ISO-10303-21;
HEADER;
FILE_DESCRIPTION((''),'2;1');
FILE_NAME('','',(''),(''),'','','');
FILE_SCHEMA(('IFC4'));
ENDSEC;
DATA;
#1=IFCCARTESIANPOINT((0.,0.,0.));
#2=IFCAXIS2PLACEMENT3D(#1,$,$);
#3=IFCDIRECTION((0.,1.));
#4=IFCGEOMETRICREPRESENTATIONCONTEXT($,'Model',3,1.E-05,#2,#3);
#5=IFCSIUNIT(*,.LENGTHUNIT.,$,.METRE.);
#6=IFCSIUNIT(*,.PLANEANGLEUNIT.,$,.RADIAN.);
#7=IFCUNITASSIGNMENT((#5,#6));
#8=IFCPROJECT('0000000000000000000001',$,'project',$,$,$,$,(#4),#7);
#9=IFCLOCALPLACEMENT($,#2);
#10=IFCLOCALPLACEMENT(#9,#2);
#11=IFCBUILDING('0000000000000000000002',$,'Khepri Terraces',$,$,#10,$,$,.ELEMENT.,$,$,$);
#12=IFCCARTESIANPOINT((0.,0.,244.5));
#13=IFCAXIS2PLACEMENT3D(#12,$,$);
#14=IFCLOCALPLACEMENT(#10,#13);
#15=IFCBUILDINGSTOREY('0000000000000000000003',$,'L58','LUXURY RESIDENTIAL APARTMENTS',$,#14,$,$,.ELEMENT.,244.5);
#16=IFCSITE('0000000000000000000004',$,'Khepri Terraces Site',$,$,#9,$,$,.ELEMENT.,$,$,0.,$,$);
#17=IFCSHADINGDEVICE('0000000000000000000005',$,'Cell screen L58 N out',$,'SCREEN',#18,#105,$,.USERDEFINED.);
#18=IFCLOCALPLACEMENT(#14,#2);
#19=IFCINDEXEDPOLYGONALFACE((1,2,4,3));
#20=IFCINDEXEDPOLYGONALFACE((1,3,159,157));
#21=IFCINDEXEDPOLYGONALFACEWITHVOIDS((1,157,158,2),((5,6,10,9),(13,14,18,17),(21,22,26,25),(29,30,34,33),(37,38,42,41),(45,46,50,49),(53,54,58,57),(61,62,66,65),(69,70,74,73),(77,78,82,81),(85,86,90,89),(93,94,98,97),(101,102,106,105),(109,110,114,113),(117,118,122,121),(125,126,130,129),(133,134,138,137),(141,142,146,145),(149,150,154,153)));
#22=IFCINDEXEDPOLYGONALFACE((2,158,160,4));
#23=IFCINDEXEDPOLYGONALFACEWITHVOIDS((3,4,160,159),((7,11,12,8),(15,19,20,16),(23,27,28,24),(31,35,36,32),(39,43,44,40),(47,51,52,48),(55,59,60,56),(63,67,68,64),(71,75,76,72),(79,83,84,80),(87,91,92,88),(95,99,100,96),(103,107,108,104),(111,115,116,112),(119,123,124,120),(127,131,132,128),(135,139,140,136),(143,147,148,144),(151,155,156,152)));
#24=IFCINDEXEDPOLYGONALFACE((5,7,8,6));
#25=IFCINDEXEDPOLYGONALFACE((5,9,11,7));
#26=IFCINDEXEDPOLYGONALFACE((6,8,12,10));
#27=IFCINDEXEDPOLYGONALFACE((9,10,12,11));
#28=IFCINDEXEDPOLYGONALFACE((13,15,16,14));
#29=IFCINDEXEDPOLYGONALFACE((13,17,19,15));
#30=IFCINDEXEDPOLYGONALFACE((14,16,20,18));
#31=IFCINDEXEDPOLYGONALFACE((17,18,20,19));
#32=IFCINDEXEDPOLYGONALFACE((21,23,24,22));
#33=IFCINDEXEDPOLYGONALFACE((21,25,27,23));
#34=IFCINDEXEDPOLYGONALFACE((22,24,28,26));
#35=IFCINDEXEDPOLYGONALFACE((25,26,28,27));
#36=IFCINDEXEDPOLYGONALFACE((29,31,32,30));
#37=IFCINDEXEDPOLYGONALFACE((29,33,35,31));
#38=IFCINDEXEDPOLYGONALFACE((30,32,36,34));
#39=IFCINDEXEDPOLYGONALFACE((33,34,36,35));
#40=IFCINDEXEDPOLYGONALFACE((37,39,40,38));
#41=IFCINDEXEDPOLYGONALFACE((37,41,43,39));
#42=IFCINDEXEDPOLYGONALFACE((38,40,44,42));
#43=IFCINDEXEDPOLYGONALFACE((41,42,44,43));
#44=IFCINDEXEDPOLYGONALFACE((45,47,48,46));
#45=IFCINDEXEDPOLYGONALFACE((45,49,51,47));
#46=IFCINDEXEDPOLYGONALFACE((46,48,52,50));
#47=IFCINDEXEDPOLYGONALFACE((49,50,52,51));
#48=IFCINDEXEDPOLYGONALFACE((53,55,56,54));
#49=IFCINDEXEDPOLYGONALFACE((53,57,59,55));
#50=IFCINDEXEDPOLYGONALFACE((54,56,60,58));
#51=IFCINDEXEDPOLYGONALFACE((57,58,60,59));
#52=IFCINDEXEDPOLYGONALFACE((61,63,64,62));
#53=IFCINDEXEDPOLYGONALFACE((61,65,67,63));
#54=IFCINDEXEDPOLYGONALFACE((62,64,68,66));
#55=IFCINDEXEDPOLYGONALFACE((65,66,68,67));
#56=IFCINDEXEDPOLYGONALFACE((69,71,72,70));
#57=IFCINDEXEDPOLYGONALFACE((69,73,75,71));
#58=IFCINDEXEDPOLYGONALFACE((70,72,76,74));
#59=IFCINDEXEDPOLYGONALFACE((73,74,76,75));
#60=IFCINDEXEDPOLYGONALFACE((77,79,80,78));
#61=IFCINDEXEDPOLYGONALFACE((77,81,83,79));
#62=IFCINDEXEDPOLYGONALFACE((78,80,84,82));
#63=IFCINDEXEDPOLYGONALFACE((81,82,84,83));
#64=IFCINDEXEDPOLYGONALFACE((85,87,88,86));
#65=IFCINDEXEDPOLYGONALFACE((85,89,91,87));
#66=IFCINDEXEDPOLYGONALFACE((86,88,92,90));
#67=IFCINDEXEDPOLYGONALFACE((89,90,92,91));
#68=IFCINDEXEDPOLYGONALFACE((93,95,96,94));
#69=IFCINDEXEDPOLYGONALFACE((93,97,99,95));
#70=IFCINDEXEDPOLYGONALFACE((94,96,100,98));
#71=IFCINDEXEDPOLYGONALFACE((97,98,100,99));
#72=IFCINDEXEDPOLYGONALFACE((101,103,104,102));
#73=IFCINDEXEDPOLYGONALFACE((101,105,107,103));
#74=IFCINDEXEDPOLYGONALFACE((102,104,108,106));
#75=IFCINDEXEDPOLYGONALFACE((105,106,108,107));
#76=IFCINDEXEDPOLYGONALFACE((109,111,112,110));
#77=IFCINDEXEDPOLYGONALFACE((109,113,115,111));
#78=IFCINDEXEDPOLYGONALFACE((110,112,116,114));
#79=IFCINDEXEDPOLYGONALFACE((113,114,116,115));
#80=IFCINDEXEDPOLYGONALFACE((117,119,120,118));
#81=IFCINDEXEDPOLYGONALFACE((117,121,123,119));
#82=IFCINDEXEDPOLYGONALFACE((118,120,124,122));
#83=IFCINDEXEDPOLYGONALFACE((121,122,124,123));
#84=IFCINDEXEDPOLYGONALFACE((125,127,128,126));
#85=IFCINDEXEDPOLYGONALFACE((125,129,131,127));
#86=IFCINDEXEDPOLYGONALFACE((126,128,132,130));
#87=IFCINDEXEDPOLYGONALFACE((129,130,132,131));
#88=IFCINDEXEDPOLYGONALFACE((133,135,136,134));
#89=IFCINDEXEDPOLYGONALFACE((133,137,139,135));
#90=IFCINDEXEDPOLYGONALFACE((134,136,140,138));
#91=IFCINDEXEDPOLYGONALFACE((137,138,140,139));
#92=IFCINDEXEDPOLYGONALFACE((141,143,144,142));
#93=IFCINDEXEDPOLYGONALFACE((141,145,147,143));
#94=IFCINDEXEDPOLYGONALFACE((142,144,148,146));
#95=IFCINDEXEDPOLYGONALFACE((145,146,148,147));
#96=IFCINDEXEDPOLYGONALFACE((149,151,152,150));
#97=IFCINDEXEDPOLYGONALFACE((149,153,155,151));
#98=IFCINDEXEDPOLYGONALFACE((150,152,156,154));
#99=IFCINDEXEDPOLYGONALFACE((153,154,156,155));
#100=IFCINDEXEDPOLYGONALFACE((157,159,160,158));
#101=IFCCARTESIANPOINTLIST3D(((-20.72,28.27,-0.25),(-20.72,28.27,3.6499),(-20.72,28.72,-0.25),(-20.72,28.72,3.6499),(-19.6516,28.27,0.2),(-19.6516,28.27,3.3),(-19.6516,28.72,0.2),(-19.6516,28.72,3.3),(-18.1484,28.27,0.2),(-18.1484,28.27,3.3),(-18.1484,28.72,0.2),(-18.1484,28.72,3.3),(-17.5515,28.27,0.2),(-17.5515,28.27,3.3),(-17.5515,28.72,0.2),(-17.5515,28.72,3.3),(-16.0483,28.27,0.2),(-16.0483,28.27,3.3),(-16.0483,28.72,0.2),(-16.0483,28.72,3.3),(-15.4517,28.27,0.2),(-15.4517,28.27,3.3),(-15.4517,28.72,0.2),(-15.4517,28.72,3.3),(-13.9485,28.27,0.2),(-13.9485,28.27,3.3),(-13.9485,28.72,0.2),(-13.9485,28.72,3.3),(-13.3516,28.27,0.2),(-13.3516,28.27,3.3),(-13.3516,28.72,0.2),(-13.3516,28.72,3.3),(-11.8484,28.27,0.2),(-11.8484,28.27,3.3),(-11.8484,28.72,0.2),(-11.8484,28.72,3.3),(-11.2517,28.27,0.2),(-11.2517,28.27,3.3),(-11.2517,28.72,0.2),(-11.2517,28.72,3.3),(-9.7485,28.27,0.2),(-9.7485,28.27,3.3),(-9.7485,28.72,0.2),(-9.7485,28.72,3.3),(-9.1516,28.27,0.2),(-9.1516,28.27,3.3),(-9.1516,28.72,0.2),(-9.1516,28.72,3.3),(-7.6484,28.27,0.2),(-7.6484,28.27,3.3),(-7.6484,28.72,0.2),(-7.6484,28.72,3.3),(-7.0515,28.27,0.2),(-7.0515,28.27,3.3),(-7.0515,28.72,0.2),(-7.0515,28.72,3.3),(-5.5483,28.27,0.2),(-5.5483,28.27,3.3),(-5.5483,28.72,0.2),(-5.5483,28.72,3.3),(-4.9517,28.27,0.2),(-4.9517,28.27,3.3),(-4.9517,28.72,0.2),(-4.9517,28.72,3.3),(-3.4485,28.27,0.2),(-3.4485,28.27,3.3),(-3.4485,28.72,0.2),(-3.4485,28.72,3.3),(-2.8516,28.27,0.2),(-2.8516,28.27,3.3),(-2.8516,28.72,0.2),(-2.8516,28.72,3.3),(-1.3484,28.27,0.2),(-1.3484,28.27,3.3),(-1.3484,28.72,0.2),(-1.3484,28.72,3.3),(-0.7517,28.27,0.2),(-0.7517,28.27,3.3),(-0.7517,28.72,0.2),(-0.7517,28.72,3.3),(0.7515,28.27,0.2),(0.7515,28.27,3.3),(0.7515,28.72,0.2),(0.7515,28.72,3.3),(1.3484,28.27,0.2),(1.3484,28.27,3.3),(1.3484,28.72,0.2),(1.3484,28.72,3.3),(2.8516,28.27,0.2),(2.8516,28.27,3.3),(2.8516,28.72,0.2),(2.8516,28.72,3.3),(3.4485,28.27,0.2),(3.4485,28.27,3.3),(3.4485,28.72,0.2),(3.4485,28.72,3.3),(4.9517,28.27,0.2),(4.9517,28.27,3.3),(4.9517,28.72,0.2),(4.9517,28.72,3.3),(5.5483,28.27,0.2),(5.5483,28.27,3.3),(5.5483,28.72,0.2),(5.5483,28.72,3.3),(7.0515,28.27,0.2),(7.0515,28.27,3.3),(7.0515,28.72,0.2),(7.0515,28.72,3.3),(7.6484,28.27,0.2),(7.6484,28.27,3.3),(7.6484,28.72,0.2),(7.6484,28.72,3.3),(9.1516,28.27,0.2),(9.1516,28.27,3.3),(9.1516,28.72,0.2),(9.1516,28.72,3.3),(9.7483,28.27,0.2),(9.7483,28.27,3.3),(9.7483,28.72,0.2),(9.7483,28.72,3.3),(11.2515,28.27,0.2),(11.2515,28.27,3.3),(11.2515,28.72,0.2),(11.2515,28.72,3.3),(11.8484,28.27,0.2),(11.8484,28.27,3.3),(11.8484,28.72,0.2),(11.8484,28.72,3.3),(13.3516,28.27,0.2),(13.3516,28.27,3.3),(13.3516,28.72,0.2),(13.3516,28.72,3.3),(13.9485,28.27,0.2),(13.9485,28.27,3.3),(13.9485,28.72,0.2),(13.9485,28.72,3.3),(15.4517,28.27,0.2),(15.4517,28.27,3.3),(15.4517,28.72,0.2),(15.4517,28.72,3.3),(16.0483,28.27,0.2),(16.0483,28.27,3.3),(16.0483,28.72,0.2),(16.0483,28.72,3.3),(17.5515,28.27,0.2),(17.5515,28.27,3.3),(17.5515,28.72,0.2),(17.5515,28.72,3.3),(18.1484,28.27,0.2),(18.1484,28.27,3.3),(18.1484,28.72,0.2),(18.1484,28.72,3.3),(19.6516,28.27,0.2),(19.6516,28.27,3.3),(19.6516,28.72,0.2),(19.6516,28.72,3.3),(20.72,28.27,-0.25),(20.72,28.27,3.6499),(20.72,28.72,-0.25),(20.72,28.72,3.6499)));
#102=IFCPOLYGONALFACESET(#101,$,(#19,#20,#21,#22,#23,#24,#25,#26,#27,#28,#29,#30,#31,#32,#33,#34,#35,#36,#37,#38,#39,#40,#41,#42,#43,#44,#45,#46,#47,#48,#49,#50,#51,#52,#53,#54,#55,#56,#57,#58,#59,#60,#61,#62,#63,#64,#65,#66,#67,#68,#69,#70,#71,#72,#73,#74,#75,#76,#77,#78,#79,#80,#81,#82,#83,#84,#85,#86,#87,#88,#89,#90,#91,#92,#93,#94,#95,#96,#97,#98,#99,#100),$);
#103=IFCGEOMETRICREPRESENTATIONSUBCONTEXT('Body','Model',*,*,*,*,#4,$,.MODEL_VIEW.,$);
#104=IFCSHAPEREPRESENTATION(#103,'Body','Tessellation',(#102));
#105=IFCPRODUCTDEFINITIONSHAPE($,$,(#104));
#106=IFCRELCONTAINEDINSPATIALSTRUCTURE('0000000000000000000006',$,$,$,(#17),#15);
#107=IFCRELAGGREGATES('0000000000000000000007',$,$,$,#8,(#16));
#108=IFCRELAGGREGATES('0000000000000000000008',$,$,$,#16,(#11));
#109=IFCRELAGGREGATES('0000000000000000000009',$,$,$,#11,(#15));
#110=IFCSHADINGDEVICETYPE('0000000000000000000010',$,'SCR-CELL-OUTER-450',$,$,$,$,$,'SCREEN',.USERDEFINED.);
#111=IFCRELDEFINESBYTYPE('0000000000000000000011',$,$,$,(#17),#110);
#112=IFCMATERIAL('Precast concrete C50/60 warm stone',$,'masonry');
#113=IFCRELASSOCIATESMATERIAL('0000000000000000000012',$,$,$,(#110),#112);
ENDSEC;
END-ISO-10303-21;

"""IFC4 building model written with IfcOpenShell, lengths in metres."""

from ifc_helpers import new_model, si_unit, direction, frame, origin, place, context, subcontext, project, spatial, polyline, outline, extrude, material, type_object, element, save


model = new_model("IFC4")

# Units and contexts
model_context = context("Model", 3, precision=1e-05, world=origin(), true_north=direction((0.0, 1.0)))
body_context = subcontext(model_context, "Body", "Model", "MODEL_VIEW")
ifc_project = project(units=[si_unit("LENGTHUNIT", "METRE"), si_unit("PLANEANGLEUNIT", "RADIAN")], contexts=[model_context])

# Site, building, storey
site_placement = place(None, origin())
site = spatial("IfcSite", under=ifc_project, at=site_placement, Name="Khepri Terraces Site", CompositionType="ELEMENT", RefElevation=0.0)
building_placement = place(site_placement, origin())
building = spatial("IfcBuilding", under=site, at=building_placement, Name="Khepri Terraces", CompositionType="ELEMENT")
storey_placement = place(building_placement, frame((0.0, 0.0, 244.5)))
storey = spatial("IfcBuildingStorey", under=building, at=storey_placement, Name="L58", Description="LUXURY RESIDENTIAL APARTMENTS", CompositionType="ELEMENT", Elevation=244.5)

# Shared definitions
ifc_material_1 = material(Name="Precast concrete C50/60 warm stone", Category="masonry")

# Shading device
shading_device_type_1 = type_object("IfcShadingDeviceType", Name="SCR-CELL-OUTER-450", ElementType="SCREEN", PredefinedType="USERDEFINED", material=ifc_material_1)
shading_device_1_placement = place(storey_placement, frame((20.72, 28.27, -0.25), z_axis=(0.0, 1.0, 0.0), x_axis=(-1.0, 0.0, 0.0)))
element("IfcShadingDevice", 1, at=shading_device_1_placement, inside=storey, type_object=shading_device_type_1, Name="Cell screen L58 N out", ObjectType="SCREEN", PredefinedType="USERDEFINED", context=body_context, shape_type="SweptSolid", body=[
    extrude(outline(polyline([(0.0, 0.0), (41.4399, 0.0), (41.4399, 3.8999), (0.0, 3.8999), (0.0, 0.0)]), holes=[polyline([(1.0684, 0.45), (2.5715, 0.45), (2.5715, 3.55), (1.0684, 3.55), (1.0684, 0.45)]), polyline([(3.1685, 0.45), (4.6716, 0.45), (4.6716, 3.55), (3.1685, 3.55), (3.1685, 0.45)]), polyline([(5.2683, 0.45), (6.7715, 0.45), (6.7715, 3.55), (5.2683, 3.55), (5.2683, 0.45)]), polyline([(7.3684, 0.45), (8.8716, 0.45), (8.8716, 3.55), (7.3684, 3.55), (7.3684, 0.45)]), polyline([(9.4685, 0.45), (10.9717, 0.45), (10.9717, 3.55), (9.4685, 3.55), (9.4685, 0.45)]), polyline([(11.5684, 0.45), (13.0715, 0.45), (13.0715, 3.55), (11.5684, 3.55), (11.5684, 0.45)]), polyline([(13.6685, 0.45), (15.1716, 0.45), (15.1716, 3.55), (13.6685, 3.55), (13.6685, 0.45)]), polyline([(15.7683, 0.45), (17.2715, 0.45), (17.2715, 3.55), (15.7683, 3.55), (15.7683, 0.45)]), polyline([(17.8684, 0.45), (19.3716, 0.45), (19.3716, 3.55), (17.8684, 3.55), (17.8684, 0.45)]), polyline([(19.9685, 0.45), (21.4717, 0.45), (21.4717, 3.55), (19.9685, 3.55), (19.9685, 0.45)]), polyline([(22.0684, 0.45), (23.5715, 0.45), (23.5715, 3.55), (22.0684, 3.55), (22.0684, 0.45)]), polyline([(24.1685, 0.45), (25.6716, 0.45), (25.6716, 3.55), (24.1685, 3.55), (24.1685, 0.45)]), polyline([(26.2683, 0.45), (27.7715, 0.45), (27.7715, 3.55), (26.2683, 3.55), (26.2683, 0.45)]), polyline([(28.3684, 0.45), (29.8716, 0.45), (29.8716, 3.55), (28.3684, 3.55), (28.3684, 0.45)]), polyline([(30.4685, 0.45), (31.9717, 0.45), (31.9717, 3.55), (30.4685, 3.55), (30.4685, 0.45)]), polyline([(32.5684, 0.45), (34.0715, 0.45), (34.0715, 3.55), (32.5684, 3.55), (32.5684, 0.45)]), polyline([(34.6685, 0.45), (36.1716, 0.45), (36.1716, 3.55), (34.6685, 3.55), (34.6685, 0.45)]), polyline([(36.7683, 0.45), (38.2715, 0.45), (38.2715, 3.55), (36.7683, 3.55), (36.7683, 0.45)]), polyline([(38.8684, 0.45), (40.3716, 0.45), (40.3716, 3.55), (38.8684, 3.55), (38.8684, 0.45)])]), origin(), (0.0, 0.0, 1.0), 0.45),
])

save(model, "model.ifc")
